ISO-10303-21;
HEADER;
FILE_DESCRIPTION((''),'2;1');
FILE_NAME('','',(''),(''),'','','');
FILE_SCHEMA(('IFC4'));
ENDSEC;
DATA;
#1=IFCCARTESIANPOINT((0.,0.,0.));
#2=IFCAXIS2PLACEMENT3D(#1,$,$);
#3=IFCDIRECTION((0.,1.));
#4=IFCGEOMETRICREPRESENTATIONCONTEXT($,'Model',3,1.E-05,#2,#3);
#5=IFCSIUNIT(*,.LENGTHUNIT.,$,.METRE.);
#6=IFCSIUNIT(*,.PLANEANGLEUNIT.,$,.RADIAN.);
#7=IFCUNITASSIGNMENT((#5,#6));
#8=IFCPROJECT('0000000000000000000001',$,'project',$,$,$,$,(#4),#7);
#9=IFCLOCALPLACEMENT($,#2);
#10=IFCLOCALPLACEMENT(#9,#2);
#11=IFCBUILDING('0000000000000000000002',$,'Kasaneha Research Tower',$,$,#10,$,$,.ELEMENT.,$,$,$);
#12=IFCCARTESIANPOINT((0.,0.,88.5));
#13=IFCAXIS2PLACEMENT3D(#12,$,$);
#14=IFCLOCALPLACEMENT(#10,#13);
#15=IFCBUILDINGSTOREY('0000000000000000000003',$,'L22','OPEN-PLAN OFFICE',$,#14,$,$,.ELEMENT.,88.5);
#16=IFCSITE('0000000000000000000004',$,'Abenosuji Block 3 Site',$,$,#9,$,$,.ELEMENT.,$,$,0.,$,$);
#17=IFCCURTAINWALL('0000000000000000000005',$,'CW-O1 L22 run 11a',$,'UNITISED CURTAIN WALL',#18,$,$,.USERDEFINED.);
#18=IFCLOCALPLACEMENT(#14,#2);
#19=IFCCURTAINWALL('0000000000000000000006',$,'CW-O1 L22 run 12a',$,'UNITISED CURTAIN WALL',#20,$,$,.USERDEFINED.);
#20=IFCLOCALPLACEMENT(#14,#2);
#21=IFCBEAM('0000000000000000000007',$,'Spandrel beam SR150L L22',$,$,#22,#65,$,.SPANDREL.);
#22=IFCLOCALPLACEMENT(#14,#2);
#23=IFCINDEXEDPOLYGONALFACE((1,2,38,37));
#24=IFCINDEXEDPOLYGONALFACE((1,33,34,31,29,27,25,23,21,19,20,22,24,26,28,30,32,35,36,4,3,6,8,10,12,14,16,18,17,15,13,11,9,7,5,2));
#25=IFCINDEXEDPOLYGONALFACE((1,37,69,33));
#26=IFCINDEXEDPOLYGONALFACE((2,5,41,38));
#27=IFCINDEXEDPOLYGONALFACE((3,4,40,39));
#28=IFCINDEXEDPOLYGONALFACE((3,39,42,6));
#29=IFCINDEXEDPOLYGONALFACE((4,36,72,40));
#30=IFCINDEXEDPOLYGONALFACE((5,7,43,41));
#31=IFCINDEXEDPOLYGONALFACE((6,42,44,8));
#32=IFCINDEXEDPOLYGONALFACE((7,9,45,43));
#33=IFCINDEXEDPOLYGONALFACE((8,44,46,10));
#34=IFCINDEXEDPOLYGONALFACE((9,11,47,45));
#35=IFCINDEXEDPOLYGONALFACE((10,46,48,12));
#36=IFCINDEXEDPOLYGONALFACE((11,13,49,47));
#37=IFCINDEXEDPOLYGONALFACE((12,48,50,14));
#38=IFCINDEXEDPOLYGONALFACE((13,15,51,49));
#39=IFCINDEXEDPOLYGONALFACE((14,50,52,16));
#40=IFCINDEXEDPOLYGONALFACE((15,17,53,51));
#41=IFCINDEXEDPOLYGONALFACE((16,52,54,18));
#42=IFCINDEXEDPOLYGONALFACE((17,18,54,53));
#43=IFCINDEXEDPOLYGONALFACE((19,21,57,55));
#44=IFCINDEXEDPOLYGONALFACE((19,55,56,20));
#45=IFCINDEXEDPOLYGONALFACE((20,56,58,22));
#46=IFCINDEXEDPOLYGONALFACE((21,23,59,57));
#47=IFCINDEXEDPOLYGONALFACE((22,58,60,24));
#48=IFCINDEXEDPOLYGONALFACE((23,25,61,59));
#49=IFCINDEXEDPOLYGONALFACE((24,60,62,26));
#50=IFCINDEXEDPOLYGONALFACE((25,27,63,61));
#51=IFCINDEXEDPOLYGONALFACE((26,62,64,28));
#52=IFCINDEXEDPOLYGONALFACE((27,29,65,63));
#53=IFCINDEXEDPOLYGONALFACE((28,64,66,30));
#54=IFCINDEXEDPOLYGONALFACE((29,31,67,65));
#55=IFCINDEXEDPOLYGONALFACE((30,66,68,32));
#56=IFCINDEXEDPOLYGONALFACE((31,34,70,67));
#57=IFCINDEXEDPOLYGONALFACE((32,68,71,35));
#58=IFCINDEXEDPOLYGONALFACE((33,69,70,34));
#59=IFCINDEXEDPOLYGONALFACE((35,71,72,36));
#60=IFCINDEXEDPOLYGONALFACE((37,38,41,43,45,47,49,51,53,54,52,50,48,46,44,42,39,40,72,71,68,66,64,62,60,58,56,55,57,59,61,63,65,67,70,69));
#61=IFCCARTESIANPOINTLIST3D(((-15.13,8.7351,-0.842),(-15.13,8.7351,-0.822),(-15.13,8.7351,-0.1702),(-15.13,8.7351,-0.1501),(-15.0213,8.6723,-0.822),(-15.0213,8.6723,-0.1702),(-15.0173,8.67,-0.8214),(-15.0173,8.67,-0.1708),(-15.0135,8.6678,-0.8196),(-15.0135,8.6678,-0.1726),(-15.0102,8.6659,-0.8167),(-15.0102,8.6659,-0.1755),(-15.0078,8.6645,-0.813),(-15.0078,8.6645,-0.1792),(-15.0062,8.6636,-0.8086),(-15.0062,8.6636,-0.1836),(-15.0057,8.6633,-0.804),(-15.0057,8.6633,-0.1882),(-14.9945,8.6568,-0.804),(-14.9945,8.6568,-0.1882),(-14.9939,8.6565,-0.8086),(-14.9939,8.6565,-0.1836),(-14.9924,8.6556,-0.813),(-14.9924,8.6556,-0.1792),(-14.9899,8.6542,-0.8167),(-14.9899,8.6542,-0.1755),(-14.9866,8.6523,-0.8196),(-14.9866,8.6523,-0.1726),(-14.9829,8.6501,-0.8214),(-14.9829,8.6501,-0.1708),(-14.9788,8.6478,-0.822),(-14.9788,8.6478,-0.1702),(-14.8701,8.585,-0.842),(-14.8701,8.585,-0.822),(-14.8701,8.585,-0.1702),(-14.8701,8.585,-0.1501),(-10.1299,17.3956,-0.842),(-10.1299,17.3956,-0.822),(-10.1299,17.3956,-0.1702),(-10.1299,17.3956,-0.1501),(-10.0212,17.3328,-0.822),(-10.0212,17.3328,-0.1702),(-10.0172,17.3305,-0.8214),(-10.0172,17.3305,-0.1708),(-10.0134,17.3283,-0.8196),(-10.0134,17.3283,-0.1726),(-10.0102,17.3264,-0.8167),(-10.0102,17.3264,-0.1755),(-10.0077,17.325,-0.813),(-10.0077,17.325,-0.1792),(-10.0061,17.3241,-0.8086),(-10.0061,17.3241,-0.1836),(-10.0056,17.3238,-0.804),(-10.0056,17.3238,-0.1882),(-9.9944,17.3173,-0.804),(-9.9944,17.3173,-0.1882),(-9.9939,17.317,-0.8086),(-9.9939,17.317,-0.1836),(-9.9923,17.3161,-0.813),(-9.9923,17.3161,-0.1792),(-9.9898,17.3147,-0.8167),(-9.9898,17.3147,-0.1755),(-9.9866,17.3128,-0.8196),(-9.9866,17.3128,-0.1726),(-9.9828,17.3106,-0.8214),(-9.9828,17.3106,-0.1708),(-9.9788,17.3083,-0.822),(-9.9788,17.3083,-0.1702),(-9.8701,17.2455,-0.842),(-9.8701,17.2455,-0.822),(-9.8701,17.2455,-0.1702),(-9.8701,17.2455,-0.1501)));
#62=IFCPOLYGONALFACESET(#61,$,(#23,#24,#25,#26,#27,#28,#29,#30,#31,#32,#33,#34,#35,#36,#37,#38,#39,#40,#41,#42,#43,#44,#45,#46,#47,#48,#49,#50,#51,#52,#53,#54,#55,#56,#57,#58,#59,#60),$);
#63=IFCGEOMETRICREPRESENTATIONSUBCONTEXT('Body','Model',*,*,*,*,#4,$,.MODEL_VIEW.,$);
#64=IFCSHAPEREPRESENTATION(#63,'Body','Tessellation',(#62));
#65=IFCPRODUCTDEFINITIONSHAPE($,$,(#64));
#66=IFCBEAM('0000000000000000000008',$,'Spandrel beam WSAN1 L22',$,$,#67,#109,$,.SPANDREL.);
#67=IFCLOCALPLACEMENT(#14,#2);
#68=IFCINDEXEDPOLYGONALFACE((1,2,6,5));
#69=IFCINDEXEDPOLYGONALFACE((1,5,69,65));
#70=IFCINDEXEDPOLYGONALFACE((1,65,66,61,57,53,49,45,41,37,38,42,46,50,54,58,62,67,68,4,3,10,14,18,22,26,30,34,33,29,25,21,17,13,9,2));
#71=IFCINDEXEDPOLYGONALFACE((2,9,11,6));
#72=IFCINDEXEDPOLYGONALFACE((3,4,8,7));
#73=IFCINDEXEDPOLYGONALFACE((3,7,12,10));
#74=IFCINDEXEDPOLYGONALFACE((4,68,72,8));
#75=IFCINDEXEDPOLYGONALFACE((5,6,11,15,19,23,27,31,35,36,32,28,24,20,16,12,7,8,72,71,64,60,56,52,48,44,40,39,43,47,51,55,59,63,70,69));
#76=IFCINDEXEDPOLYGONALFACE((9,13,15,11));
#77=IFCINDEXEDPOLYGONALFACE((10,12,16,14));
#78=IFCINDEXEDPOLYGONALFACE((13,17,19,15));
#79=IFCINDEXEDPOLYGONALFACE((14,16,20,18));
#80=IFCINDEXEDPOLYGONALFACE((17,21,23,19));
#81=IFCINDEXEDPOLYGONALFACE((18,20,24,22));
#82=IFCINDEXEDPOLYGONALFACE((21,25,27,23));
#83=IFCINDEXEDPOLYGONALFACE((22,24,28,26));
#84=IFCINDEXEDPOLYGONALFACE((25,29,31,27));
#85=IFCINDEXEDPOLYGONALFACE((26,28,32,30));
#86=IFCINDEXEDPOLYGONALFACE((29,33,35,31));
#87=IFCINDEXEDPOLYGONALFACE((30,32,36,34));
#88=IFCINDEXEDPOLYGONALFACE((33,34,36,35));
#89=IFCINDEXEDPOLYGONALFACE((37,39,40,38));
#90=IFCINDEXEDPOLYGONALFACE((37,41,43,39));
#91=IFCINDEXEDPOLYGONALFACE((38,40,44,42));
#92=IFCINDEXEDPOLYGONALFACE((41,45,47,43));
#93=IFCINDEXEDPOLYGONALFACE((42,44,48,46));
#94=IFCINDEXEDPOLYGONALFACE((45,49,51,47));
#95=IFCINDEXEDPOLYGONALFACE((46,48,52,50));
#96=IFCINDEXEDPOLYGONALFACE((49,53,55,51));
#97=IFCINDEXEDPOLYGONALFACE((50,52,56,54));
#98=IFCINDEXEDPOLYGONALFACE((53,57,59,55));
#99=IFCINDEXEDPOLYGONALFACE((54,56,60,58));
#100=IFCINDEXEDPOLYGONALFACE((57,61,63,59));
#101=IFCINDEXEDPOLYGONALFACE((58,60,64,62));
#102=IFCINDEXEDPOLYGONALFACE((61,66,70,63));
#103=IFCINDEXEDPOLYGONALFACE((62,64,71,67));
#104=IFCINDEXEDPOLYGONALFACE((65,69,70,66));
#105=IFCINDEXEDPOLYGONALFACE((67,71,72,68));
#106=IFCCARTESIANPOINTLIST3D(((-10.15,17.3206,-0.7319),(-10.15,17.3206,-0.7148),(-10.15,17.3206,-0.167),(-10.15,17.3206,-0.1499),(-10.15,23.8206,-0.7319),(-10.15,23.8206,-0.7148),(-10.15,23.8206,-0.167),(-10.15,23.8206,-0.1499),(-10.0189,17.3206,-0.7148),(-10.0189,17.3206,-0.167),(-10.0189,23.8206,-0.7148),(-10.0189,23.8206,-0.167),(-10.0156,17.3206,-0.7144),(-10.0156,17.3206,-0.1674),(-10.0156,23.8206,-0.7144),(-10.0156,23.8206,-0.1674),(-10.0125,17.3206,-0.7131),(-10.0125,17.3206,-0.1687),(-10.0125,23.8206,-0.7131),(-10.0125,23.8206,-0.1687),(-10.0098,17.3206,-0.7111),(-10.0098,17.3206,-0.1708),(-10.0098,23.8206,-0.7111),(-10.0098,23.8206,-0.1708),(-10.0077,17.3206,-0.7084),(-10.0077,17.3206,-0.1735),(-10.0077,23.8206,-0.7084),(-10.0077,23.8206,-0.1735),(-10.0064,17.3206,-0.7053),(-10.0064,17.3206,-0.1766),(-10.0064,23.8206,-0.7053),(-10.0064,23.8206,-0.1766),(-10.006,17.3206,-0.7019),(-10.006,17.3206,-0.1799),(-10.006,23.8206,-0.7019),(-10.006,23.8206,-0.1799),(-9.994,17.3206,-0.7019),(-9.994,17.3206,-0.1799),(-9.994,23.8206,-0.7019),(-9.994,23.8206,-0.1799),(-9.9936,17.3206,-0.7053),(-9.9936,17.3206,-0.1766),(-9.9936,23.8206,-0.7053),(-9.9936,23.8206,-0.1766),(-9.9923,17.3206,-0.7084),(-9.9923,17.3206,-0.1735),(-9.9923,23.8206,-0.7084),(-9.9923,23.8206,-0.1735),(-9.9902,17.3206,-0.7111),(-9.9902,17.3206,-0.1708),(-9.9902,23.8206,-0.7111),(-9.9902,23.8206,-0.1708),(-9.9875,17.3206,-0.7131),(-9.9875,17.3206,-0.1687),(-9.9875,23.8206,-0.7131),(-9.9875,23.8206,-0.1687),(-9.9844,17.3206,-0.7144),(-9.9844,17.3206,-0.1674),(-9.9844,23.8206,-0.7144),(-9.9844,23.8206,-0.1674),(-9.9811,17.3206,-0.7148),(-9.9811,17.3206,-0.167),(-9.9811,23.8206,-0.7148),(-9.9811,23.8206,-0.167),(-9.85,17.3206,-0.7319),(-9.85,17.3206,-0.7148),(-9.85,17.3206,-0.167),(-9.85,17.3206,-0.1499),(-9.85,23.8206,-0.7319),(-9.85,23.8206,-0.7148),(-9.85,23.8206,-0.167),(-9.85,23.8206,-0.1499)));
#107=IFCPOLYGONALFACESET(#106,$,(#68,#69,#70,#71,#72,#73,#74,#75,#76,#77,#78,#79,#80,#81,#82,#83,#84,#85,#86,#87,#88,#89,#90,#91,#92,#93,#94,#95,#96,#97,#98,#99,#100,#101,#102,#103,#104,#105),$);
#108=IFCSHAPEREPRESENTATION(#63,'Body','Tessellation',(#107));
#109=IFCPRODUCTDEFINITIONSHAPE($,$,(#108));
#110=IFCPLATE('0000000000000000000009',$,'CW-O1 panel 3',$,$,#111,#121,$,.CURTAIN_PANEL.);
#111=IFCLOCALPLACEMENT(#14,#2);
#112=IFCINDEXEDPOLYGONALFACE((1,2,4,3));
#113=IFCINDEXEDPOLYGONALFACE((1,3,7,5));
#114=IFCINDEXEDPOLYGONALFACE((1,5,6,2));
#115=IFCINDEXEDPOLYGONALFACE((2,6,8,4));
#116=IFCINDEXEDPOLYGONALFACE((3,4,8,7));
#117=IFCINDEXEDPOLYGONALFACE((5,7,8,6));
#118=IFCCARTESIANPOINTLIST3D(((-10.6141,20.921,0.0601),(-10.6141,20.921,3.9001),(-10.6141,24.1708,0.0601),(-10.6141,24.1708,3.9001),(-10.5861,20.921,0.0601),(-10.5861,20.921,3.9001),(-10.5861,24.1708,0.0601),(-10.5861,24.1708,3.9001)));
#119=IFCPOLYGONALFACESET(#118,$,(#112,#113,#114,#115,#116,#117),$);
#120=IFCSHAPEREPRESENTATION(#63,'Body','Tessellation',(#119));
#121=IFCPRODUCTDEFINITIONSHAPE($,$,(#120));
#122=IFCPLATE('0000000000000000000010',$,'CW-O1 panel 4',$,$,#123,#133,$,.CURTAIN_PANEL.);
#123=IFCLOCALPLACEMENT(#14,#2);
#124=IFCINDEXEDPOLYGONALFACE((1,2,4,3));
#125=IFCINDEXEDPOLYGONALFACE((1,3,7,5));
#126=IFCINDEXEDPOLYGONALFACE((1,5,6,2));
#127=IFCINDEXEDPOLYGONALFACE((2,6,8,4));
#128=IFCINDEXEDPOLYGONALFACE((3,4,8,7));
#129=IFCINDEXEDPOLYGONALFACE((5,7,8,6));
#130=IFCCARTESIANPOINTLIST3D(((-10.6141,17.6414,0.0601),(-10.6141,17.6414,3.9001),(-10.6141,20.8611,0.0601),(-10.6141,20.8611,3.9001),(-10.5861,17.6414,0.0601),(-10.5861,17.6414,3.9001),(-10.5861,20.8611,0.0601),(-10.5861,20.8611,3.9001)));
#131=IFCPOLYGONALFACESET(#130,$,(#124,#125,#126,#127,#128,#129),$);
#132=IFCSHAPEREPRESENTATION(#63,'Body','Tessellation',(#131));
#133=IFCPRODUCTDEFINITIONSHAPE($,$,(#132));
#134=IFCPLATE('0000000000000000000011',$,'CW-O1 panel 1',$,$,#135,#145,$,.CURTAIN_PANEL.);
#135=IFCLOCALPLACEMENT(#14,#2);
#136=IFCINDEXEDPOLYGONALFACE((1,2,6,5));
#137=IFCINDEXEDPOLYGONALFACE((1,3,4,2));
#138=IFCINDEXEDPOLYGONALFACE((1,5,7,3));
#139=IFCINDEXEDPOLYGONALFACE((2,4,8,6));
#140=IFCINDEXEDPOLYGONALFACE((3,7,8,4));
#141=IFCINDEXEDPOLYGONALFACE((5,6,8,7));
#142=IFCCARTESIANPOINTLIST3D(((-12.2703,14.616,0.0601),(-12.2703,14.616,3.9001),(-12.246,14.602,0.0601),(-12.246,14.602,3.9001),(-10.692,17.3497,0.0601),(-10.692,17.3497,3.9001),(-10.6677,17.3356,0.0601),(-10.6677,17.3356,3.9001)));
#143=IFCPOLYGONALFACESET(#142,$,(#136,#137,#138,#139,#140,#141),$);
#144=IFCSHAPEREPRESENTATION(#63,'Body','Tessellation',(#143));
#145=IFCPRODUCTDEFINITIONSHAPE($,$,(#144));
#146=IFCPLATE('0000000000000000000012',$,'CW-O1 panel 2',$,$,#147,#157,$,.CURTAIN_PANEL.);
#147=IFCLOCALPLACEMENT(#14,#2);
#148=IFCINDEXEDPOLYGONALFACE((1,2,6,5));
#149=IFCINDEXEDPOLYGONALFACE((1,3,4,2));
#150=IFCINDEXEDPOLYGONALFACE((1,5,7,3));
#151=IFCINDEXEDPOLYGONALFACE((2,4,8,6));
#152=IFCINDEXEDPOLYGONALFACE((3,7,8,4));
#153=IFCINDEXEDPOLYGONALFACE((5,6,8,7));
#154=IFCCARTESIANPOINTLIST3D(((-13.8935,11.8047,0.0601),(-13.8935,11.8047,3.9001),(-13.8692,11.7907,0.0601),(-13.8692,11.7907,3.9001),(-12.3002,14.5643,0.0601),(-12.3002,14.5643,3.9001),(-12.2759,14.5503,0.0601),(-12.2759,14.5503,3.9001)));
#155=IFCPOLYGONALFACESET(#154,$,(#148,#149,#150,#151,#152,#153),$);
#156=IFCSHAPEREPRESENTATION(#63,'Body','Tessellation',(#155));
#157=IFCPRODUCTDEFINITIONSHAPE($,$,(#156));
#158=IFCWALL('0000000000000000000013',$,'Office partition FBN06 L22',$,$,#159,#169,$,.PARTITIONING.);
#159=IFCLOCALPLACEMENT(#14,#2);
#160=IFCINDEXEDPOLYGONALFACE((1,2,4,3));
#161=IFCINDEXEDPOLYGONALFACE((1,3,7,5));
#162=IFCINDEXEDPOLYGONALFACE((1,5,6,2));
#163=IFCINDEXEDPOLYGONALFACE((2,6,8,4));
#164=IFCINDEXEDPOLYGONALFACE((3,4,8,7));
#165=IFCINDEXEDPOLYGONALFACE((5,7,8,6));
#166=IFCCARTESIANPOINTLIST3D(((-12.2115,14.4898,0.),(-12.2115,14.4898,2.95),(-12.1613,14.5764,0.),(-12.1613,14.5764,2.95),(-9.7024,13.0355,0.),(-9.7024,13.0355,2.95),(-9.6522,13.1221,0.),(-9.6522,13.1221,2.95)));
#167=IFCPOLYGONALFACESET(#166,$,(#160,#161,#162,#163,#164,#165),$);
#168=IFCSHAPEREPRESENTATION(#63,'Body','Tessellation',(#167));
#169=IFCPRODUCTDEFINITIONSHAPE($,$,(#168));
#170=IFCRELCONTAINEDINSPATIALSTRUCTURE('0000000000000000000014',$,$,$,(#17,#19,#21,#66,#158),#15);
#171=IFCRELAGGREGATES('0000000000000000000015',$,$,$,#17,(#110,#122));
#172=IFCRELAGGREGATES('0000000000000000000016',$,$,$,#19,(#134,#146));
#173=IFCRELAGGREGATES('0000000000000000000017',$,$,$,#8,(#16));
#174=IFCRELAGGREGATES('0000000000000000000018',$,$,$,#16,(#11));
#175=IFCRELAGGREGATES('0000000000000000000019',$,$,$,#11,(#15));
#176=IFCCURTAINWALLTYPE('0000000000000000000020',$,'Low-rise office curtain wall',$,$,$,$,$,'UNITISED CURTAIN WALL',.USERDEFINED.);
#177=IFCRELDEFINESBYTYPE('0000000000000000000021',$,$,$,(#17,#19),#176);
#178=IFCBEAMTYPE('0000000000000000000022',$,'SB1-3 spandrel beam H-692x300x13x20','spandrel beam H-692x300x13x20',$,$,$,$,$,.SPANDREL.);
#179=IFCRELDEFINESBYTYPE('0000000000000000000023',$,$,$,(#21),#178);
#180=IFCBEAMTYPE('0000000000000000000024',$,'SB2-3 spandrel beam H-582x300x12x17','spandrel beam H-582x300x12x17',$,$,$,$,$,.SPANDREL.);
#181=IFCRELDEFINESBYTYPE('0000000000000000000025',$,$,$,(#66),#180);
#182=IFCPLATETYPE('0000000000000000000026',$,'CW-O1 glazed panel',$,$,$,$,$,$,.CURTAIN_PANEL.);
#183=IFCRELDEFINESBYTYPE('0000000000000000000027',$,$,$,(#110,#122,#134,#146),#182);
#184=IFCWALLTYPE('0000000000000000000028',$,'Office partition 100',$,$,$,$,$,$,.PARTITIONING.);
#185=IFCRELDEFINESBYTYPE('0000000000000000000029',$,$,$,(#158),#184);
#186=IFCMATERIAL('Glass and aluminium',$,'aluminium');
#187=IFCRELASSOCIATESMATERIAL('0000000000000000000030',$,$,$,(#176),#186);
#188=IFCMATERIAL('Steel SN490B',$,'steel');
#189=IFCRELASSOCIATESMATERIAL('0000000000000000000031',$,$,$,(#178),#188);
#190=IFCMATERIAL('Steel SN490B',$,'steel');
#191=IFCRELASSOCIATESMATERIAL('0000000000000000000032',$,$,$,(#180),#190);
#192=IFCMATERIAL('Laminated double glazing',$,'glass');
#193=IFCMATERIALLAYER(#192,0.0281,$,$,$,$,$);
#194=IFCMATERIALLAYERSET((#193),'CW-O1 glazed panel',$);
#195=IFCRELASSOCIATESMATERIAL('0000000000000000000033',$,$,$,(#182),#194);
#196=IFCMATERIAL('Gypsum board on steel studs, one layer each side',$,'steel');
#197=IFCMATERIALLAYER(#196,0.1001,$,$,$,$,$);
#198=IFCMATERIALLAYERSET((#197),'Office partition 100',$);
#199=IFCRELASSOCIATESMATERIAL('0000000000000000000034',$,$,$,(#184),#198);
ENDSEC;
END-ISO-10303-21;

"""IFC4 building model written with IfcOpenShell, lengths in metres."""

from ifc_helpers import new_model, si_unit, direction, frame, frame_2d, origin, origin_2d, place, context, subcontext, project, spatial, rectangle, i_section, extrude, material, layer, layer_set, material_profile, profile_set, type_object, element, aggregate, save


model = new_model("IFC4")

# Units and contexts
model_context = context("Model", 3, precision=1e-05, world=origin(), true_north=direction((0.0, 1.0)))
body_context = subcontext(model_context, "Body", "Model", "MODEL_VIEW")
ifc_project = project(units=[si_unit("LENGTHUNIT", "METRE"), si_unit("PLANEANGLEUNIT", "RADIAN")], contexts=[model_context])

# Site, building, storey
site_placement = place(None, origin())
site = spatial("IfcSite", under=ifc_project, at=site_placement, Name="Abenosuji Block 3 Site", CompositionType="ELEMENT", RefElevation=0.0)
building_placement = place(site_placement, origin())
building = spatial("IfcBuilding", under=site, at=building_placement, Name="Kasaneha Research Tower", CompositionType="ELEMENT")
storey_placement = place(building_placement, frame((0.0, 0.0, 88.5)))
storey = spatial("IfcBuildingStorey", under=building, at=storey_placement, Name="L22", Description="OPEN-PLAN OFFICE", CompositionType="ELEMENT", Elevation=88.5)

# Curtain walls
ifc_material_1 = material(Name="Glass and aluminium", Category="aluminium")
curtain_wall_type = type_object("IfcCurtainWallType", Name="Low-rise office curtain wall", ElementType="UNITISED CURTAIN WALL", PredefinedType="USERDEFINED", material=ifc_material_1)
curtain_wall_1_placement = place(storey_placement, origin())
curtain_wall_1 = element("IfcCurtainWall", 1, at=curtain_wall_1_placement, inside=storey, type_object=curtain_wall_type, Name="CW-O1 L22 run 11a", ObjectType="UNITISED CURTAIN WALL", PredefinedType="USERDEFINED")
curtain_wall_2_placement = place(storey_placement, origin())
curtain_wall_2 = element("IfcCurtainWall", 2, at=curtain_wall_2_placement, inside=storey, type_object=curtain_wall_type, Name="CW-O1 L22 run 12a", ObjectType="UNITISED CURTAIN WALL", PredefinedType="USERDEFINED")

# Beams
ifc_material_2 = material(Name="Steel SN490B", Category="steel")
ifc_material_profile_1 = material_profile(ifc_material_2, i_section(OverallWidth=0.3, OverallDepth=0.6919, WebThickness=0.0129, FlangeThickness=0.02, FilletRadius=0.0181, at=origin_2d()), Name="H-692x300x13x20")
ifc_profile_set_1 = profile_set([ifc_material_profile_1], Name="Steel SN490B")
beam_type_1 = type_object("IfcBeamType", Name="SB1-3 spandrel beam H-692x300x13x20", Description="spandrel beam H-692x300x13x20", PredefinedType="SPANDREL", material=ifc_profile_set_1)
beam_1_placement = place(storey_placement, frame((-10.0, 17.3206, -0.4961), z_axis=(-0.499994, -0.866029, 0.0), x_axis=(0.866029, -0.499994, 0.0)))
element("IfcBeam", 3, at=beam_1_placement, inside=storey, type_object=beam_type_1, Name="Spandrel beam SR150L L22", PredefinedType="SPANDREL", context=body_context, shape_type="SweptSolid", body=[
    extrude(i_section(OverallWidth=0.3, OverallDepth=0.6919, WebThickness=0.0129, FlangeThickness=0.02, FilletRadius=0.0181, at=origin_2d()), origin(), (0.0, 0.0, 1.0), 10.0002),
])
ifc_material_3 = material(Name="Steel SN490B", Category="steel")
ifc_material_profile_2 = material_profile(ifc_material_3, i_section(OverallWidth=0.3, OverallDepth=0.582, WebThickness=0.012, FlangeThickness=0.0171, FilletRadius=0.0129, at=origin_2d()), Name="H-582x300x12x17")
ifc_profile_set_2 = profile_set([ifc_material_profile_2], Name="Steel SN490B")
beam_type_2 = type_object("IfcBeamType", Name="SB2-3 spandrel beam H-582x300x12x17", Description="spandrel beam H-582x300x12x17", PredefinedType="SPANDREL", material=ifc_profile_set_2)
beam_2_placement = place(storey_placement, frame((-10.0, 17.3206, -0.4409), z_axis=(0.0, 1.0, 0.0), x_axis=(-1.0, 0.0, 0.0)))
element("IfcBeam", 4, at=beam_2_placement, inside=storey, type_object=beam_type_2, Name="Spandrel beam WSAN1 L22", PredefinedType="SPANDREL", context=body_context, shape_type="SweptSolid", body=[
    extrude(i_section(OverallWidth=0.3, OverallDepth=0.582, WebThickness=0.012, FlangeThickness=0.0171, FilletRadius=0.0129, at=origin_2d()), origin(), (0.0, 0.0, 1.0), 6.5),
])

# Plates
ifc_material_4 = material(Name="Laminated double glazing", Category="glass")
ifc_layer_1 = layer(ifc_material_4, 0.0281)
ifc_layer_set_1 = layer_set([ifc_layer_1], Name="CW-O1 glazed panel")
plate_type = type_object("IfcPlateType", Name="CW-O1 glazed panel", PredefinedType="CURTAIN_PANEL", material=ifc_layer_set_1)
plate_1_placement = place(storey_placement, frame((-10.6001, 22.5459, 0.0601), z_axis=(0.0, 0.0, 1.0), x_axis=(0.0, -1.0, 0.0)))
plate_1 = element("IfcPlate", 5, at=plate_1_placement, type_object=plate_type, Name="CW-O1 panel 3", PredefinedType="CURTAIN_PANEL", context=body_context, shape_type="SweptSolid", body=[
    extrude(rectangle(XDim=3.2498, YDim=0.0281, at=origin_2d()), origin(), (0.0, 0.0, 1.0), 3.8401),
])
plate_2_placement = place(storey_placement, frame((-10.6001, 19.2512, 0.0601), z_axis=(0.0, 0.0, 1.0), x_axis=(0.0, -1.0, 0.0)))
plate_2 = element("IfcPlate", 6, at=plate_2_placement, type_object=plate_type, Name="CW-O1 panel 4", PredefinedType="CURTAIN_PANEL", context=body_context, shape_type="SweptSolid", body=[
    extrude(rectangle(XDim=3.2197, YDim=0.0281, at=origin_2d()), origin(), (0.0, 0.0, 1.0), 3.8401),
])
aggregate(curtain_wall_1, [plate_1, plate_2])
plate_3_placement = place(storey_placement, frame((-11.469, 15.9758, 0.0601), z_axis=(0.0, 0.0, 1.0), x_axis=(-0.5, -0.866025, 0.0)))
plate_3 = element("IfcPlate", 7, at=plate_3_placement, type_object=plate_type, Name="CW-O1 panel 1", PredefinedType="CURTAIN_PANEL", context=body_context, shape_type="SweptSolid", body=[
    extrude(rectangle(XDim=3.1565, YDim=0.0281, at=origin_2d()), origin(), (0.0, 0.0, 1.0), 3.8401),
])
plate_4_placement = place(storey_placement, frame((-13.0847, 13.1775, 0.0601), z_axis=(0.0, 0.0, 1.0), x_axis=(-0.5, -0.866025, 0.0)))
plate_4 = element("IfcPlate", 8, at=plate_4_placement, type_object=plate_type, Name="CW-O1 panel 2", PredefinedType="CURTAIN_PANEL", context=body_context, shape_type="SweptSolid", body=[
    extrude(rectangle(XDim=3.1865, YDim=0.0281, at=origin_2d()), origin(), (0.0, 0.0, 1.0), 3.8401),
])
aggregate(curtain_wall_2, [plate_3, plate_4])

# Wall
ifc_material_5 = material(Name="Gypsum board on steel studs, one layer each side", Category="steel")
ifc_layer_2 = layer(ifc_material_5, 0.1001)
ifc_layer_set_2 = layer_set([ifc_layer_2], Name="Office partition 100")
wall_type = type_object("IfcWallType", Name="Office partition 100", PredefinedType="PARTITIONING", material=ifc_layer_set_2)
wall_placement = place(storey_placement, frame((-12.1865, 14.5332, 0.0), z_axis=(0.0, 0.0, 1.0), x_axis=(0.865165, -0.501488, 0.0)))
element("IfcWall", 9, at=wall_placement, inside=storey, type_object=wall_type, Name="Office partition FBN06 L22", PredefinedType="PARTITIONING", context=body_context, shape_type="SweptSolid", body=[
    extrude(rectangle(XDim=2.9001, YDim=0.1001, at=frame_2d((1.4502, 0.0))), origin(), (0.0, 0.0, 1.0), 2.95),
])

save(model, "model.ifc")
